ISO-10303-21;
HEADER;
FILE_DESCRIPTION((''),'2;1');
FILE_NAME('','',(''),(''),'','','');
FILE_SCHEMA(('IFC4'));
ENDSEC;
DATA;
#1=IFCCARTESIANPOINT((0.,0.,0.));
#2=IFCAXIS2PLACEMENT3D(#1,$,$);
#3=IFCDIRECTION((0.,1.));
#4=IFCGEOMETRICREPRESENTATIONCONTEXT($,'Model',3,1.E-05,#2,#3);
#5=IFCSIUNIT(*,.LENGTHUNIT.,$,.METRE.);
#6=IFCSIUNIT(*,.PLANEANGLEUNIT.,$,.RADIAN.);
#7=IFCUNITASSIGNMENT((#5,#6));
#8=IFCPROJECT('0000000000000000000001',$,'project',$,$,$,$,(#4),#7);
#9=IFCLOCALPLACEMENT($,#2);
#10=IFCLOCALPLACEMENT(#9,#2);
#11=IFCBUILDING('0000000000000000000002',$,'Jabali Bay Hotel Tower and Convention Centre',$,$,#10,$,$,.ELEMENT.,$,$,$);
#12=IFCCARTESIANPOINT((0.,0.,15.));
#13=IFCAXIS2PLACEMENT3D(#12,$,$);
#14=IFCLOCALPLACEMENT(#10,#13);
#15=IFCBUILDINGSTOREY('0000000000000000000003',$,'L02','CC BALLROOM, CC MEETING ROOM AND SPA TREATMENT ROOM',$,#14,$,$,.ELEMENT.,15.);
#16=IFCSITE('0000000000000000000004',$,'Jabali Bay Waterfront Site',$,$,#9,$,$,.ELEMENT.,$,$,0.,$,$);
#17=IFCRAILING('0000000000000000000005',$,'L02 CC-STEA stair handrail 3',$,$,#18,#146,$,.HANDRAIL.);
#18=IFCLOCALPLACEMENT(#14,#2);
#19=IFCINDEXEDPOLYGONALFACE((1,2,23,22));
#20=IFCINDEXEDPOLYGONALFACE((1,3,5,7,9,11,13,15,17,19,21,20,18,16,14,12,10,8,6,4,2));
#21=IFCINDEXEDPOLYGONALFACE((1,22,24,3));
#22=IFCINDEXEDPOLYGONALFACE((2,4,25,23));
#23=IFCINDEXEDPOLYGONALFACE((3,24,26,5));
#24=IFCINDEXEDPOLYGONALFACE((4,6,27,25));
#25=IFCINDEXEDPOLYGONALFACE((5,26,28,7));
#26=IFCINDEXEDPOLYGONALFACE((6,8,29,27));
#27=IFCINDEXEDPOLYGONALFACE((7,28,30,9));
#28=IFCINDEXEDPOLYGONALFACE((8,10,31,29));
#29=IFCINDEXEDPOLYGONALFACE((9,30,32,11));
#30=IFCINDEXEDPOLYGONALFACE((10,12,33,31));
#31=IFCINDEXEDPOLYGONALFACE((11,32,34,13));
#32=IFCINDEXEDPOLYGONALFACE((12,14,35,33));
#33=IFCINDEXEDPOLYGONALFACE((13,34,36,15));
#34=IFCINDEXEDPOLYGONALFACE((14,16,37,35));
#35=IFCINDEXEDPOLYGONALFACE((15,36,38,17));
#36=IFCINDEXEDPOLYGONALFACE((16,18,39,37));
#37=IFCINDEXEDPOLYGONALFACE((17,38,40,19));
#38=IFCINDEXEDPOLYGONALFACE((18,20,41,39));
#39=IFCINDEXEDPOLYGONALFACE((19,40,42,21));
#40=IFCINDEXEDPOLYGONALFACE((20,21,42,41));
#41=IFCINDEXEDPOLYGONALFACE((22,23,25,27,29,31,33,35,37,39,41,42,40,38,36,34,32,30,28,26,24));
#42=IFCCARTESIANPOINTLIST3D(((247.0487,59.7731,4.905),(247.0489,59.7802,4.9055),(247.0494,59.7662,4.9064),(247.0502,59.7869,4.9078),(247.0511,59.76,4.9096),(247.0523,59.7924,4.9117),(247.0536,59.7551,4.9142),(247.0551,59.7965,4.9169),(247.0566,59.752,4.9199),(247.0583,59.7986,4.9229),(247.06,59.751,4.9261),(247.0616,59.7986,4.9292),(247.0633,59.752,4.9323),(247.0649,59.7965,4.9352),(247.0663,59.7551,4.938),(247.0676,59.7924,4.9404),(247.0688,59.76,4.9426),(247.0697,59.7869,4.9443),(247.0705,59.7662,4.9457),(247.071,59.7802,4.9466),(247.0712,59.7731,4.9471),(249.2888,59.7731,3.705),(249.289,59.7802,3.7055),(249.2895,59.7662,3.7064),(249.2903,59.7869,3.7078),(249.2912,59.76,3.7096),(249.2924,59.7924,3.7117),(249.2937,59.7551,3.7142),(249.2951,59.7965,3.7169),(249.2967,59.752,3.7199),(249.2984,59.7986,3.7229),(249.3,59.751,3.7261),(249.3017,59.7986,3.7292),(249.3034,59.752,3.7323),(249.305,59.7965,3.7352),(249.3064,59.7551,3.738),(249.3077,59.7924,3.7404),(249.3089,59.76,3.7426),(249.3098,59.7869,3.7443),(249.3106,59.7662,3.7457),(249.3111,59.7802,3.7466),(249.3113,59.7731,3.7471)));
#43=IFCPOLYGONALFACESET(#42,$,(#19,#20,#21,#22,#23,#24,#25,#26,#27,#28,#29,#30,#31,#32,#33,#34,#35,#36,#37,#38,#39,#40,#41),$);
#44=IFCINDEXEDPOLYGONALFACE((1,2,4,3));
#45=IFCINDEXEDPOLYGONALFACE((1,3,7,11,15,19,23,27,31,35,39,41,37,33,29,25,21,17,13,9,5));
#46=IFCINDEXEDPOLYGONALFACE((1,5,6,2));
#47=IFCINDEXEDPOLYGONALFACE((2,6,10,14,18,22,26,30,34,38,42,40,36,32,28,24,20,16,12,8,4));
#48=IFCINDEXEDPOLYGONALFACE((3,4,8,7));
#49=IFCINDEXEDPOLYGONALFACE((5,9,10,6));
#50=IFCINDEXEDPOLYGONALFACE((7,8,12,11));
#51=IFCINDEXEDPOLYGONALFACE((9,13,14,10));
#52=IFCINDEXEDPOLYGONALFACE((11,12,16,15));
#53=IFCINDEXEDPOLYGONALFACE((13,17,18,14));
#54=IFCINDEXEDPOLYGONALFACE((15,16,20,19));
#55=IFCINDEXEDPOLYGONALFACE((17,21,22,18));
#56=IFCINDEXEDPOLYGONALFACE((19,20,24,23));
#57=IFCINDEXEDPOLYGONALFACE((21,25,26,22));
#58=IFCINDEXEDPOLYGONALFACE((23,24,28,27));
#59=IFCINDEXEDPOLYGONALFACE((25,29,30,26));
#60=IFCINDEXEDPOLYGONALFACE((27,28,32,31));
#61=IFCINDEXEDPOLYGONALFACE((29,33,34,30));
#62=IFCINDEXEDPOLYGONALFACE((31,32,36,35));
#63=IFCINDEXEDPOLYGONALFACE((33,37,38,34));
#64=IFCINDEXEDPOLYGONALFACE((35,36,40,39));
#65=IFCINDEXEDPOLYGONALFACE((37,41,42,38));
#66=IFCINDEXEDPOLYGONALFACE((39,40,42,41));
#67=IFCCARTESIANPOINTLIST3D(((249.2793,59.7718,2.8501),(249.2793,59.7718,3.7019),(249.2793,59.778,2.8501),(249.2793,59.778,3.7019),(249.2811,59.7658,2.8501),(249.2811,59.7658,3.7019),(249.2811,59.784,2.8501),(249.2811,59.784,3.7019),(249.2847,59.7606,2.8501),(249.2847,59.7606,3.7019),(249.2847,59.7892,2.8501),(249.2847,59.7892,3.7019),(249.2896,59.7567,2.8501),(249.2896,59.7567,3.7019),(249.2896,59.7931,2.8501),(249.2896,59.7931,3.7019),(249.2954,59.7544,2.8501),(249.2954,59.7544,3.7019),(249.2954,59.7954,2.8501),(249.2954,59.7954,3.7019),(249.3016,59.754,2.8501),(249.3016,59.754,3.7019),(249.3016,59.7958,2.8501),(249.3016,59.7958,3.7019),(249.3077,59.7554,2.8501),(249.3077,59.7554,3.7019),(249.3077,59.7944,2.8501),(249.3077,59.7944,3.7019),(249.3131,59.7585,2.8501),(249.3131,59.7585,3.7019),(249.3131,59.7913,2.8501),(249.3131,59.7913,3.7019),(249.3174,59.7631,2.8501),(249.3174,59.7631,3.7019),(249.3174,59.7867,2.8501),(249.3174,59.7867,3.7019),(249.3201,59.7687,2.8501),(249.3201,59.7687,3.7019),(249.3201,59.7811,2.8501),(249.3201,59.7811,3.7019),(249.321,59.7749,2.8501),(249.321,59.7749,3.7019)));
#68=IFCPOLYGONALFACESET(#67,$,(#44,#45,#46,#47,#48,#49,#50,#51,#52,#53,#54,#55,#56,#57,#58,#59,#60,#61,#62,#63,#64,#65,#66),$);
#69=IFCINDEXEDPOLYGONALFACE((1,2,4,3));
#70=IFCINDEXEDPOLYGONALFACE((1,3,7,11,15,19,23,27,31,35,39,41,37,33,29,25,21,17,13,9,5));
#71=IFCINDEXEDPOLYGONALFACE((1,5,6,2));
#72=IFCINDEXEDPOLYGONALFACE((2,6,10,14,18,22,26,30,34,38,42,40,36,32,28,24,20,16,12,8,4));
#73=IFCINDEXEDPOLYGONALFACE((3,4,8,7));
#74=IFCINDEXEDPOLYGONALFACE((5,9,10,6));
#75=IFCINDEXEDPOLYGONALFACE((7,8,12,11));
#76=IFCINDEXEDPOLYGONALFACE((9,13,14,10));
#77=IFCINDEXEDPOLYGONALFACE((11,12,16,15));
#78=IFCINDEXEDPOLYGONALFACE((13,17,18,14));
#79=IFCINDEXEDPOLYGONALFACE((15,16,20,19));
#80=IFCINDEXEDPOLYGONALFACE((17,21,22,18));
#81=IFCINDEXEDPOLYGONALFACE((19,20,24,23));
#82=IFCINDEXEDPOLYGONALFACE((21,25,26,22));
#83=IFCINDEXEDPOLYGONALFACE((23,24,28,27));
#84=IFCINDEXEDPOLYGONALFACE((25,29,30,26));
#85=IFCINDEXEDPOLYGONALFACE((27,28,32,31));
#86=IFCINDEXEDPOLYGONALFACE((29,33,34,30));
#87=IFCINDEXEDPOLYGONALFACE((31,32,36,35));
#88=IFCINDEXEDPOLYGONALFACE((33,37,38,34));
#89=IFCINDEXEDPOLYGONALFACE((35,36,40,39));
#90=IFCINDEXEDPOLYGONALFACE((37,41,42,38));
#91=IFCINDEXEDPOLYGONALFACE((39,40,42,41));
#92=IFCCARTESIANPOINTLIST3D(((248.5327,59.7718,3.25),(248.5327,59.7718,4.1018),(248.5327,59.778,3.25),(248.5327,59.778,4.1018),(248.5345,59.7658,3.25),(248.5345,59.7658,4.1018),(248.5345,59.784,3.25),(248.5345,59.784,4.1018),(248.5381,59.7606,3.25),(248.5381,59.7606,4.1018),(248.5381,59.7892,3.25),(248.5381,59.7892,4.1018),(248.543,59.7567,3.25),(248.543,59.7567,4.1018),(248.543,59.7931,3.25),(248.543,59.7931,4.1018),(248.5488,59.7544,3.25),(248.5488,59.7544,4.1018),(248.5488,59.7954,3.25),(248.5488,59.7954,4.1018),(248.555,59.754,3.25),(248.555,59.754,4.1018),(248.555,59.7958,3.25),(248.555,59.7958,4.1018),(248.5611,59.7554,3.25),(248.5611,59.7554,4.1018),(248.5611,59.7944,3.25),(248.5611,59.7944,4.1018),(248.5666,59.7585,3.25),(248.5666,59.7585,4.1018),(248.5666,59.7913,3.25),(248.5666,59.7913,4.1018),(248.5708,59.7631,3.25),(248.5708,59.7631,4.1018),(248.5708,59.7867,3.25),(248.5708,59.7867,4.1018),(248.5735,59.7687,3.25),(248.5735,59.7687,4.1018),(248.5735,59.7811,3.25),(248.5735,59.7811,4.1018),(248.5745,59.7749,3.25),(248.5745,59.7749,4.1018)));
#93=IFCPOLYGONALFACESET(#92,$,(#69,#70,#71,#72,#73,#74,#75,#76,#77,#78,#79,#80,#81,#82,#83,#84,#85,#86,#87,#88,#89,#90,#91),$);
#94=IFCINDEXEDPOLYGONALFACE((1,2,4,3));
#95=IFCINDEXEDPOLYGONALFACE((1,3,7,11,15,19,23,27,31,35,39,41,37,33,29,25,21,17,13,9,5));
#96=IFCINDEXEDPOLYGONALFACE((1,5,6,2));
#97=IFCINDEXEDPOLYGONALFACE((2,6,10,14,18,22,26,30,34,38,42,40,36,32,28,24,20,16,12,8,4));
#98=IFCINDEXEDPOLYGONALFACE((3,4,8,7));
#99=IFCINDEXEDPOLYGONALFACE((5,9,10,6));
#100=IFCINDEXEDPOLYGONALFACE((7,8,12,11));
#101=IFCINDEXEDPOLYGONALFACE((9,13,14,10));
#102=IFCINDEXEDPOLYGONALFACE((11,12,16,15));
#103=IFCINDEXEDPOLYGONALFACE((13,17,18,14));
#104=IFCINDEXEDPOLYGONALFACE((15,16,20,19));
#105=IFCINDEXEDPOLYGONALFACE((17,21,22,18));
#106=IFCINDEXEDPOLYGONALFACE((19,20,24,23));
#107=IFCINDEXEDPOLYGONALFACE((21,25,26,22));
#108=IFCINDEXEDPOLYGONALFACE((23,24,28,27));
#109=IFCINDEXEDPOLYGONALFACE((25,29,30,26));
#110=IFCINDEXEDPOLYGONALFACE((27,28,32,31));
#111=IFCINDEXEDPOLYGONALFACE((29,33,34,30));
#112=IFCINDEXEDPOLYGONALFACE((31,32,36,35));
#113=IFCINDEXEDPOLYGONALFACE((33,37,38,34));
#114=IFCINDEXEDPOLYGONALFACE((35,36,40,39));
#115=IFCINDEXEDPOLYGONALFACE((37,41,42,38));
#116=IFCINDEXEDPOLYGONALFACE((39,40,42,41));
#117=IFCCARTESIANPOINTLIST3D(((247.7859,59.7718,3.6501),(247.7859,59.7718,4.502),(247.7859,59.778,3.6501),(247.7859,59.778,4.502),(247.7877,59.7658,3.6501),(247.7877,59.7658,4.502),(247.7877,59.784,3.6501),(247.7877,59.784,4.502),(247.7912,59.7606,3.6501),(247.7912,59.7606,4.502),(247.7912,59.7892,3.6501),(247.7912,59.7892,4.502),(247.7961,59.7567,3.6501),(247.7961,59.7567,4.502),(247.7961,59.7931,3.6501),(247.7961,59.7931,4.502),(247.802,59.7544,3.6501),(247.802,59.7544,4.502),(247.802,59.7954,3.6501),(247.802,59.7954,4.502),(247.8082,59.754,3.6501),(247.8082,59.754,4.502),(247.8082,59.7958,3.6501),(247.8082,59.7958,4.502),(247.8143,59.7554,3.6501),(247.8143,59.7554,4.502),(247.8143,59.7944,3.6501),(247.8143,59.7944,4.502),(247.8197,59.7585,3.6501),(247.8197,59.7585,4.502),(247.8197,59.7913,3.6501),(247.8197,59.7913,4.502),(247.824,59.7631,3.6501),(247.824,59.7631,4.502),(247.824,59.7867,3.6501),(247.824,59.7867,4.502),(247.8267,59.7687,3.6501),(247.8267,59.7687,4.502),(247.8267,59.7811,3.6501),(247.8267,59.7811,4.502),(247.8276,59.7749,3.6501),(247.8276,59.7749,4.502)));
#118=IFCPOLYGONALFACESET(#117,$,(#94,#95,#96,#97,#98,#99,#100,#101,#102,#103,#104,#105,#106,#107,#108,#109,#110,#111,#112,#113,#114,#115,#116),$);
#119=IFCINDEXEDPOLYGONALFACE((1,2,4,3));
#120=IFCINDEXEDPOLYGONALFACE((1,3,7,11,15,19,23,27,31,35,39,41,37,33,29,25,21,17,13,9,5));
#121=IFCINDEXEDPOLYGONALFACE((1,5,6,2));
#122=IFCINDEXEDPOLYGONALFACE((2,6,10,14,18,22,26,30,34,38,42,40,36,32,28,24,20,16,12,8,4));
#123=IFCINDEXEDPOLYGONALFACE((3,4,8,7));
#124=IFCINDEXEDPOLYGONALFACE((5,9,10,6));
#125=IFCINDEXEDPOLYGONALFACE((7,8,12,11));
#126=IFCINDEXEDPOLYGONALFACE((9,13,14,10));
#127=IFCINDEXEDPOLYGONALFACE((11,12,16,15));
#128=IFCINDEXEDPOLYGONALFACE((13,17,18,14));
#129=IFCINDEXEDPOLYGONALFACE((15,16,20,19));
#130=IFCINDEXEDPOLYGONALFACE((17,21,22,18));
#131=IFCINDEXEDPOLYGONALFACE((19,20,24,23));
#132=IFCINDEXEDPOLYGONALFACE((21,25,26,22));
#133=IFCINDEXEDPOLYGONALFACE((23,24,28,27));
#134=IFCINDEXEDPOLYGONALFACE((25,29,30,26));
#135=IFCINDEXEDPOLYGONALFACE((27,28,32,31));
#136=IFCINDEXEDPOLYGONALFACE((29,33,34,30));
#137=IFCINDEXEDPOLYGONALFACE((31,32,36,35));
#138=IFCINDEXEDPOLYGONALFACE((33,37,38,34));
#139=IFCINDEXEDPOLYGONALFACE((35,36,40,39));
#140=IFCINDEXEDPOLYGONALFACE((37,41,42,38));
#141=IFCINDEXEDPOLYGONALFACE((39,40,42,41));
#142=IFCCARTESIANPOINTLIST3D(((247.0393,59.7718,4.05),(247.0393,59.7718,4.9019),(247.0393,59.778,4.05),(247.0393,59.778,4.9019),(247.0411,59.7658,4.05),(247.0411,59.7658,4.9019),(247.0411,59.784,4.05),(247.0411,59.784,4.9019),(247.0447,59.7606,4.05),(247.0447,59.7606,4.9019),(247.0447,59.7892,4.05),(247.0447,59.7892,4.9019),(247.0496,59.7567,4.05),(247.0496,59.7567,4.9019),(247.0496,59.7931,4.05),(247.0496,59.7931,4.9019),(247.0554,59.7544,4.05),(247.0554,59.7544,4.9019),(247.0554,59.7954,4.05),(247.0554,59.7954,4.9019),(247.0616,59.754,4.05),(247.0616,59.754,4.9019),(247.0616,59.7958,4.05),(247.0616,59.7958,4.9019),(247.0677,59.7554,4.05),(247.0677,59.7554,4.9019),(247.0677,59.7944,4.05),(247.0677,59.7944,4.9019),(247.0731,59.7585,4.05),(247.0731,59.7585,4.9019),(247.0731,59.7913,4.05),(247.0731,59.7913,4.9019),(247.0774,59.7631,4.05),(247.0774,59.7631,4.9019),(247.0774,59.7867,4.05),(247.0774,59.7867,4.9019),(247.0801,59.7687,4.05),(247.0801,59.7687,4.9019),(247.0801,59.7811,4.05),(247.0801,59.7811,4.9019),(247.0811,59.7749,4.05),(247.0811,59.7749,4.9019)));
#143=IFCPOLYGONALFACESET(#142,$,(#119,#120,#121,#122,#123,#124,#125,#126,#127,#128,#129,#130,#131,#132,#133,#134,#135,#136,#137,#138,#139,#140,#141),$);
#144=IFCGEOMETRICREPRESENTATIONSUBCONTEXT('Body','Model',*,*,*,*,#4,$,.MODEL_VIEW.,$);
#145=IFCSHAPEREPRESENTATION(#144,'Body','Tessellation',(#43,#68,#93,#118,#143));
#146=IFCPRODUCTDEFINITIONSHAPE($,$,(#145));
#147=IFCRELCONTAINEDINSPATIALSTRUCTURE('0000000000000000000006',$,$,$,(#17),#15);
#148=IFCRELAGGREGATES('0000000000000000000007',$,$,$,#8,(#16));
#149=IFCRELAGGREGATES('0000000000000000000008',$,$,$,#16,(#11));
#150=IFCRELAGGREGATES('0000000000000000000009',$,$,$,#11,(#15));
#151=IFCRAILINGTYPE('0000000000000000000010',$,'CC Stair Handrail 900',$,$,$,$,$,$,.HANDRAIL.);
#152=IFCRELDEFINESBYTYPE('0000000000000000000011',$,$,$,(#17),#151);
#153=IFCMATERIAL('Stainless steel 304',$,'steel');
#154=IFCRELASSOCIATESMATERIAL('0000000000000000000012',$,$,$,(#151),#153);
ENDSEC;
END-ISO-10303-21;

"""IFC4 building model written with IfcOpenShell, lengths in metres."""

from ifc_helpers import new_model, si_unit, direction, frame, origin, origin_2d, place, context, subcontext, project, spatial, circle, extrude, material, type_object, element, save


model = new_model("IFC4")

# Units and contexts
model_context = context("Model", 3, precision=1e-05, world=origin(), true_north=direction((0.0, 1.0)))
body_context = subcontext(model_context, "Body", "Model", "MODEL_VIEW")
ifc_project = project(units=[si_unit("LENGTHUNIT", "METRE"), si_unit("PLANEANGLEUNIT", "RADIAN")], contexts=[model_context])

# Site, building, storey
site_placement = place(None, origin())
site = spatial("IfcSite", under=ifc_project, at=site_placement, Name="Jabali Bay Waterfront Site", CompositionType="ELEMENT", RefElevation=0.0)
building_placement = place(site_placement, origin())
building = spatial("IfcBuilding", under=site, at=building_placement, Name="Jabali Bay Hotel Tower and Convention Centre", CompositionType="ELEMENT")
storey_placement = place(building_placement, frame((0.0, 0.0, 15.0)))
storey = spatial("IfcBuildingStorey", under=building, at=storey_placement, Name="L02", Description="CC BALLROOM, CC MEETING ROOM AND SPA TREATMENT ROOM", CompositionType="ELEMENT", Elevation=15.0)

# Railing
ifc_material_1 = material(Name="Stainless steel 304", Category="steel")
railing_type_1 = type_object("IfcRailingType", Name="CC Stair Handrail 900", PredefinedType="HANDRAIL", material=ifc_material_1)
for number, where, name in (
    (1, (249.3, 59.7749, 2.8501), "L02 CC-STEA stair handrail 3"),
):
    element("IfcRailing", number, at=place(storey_placement, frame(where)), inside=storey, type_object=railing_type_1, Name=name, PredefinedType="HANDRAIL", context=body_context, shape_type="SweptSolid", body=[
        extrude(circle(Radius=0.0239, at=origin_2d()), frame((0.0, 0.0, 0.876), z_axis=(-0.881487, 0.0, 0.472208), x_axis=(0.0, -1.0, 0.0)), (0.0, 0.0, 1.0), 2.5413),
        extrude(circle(Radius=0.021, at=origin_2d()), origin(), (0.0, 0.0, 1.0), 0.8518),
        extrude(circle(Radius=0.021, at=origin_2d()), frame((-0.7466, 0.0, 0.3999)), (0.0, 0.0, 1.0), 0.8518),
        extrude(circle(Radius=0.021, at=origin_2d()), frame((-1.4934, 0.0, 0.8)), (0.0, 0.0, 1.0), 0.8518),
        extrude(circle(Radius=0.021, at=origin_2d()), frame((-2.24, 0.0, 1.2)), (0.0, 0.0, 1.0), 0.8518),
    ])

save(model, "model.ifc")
